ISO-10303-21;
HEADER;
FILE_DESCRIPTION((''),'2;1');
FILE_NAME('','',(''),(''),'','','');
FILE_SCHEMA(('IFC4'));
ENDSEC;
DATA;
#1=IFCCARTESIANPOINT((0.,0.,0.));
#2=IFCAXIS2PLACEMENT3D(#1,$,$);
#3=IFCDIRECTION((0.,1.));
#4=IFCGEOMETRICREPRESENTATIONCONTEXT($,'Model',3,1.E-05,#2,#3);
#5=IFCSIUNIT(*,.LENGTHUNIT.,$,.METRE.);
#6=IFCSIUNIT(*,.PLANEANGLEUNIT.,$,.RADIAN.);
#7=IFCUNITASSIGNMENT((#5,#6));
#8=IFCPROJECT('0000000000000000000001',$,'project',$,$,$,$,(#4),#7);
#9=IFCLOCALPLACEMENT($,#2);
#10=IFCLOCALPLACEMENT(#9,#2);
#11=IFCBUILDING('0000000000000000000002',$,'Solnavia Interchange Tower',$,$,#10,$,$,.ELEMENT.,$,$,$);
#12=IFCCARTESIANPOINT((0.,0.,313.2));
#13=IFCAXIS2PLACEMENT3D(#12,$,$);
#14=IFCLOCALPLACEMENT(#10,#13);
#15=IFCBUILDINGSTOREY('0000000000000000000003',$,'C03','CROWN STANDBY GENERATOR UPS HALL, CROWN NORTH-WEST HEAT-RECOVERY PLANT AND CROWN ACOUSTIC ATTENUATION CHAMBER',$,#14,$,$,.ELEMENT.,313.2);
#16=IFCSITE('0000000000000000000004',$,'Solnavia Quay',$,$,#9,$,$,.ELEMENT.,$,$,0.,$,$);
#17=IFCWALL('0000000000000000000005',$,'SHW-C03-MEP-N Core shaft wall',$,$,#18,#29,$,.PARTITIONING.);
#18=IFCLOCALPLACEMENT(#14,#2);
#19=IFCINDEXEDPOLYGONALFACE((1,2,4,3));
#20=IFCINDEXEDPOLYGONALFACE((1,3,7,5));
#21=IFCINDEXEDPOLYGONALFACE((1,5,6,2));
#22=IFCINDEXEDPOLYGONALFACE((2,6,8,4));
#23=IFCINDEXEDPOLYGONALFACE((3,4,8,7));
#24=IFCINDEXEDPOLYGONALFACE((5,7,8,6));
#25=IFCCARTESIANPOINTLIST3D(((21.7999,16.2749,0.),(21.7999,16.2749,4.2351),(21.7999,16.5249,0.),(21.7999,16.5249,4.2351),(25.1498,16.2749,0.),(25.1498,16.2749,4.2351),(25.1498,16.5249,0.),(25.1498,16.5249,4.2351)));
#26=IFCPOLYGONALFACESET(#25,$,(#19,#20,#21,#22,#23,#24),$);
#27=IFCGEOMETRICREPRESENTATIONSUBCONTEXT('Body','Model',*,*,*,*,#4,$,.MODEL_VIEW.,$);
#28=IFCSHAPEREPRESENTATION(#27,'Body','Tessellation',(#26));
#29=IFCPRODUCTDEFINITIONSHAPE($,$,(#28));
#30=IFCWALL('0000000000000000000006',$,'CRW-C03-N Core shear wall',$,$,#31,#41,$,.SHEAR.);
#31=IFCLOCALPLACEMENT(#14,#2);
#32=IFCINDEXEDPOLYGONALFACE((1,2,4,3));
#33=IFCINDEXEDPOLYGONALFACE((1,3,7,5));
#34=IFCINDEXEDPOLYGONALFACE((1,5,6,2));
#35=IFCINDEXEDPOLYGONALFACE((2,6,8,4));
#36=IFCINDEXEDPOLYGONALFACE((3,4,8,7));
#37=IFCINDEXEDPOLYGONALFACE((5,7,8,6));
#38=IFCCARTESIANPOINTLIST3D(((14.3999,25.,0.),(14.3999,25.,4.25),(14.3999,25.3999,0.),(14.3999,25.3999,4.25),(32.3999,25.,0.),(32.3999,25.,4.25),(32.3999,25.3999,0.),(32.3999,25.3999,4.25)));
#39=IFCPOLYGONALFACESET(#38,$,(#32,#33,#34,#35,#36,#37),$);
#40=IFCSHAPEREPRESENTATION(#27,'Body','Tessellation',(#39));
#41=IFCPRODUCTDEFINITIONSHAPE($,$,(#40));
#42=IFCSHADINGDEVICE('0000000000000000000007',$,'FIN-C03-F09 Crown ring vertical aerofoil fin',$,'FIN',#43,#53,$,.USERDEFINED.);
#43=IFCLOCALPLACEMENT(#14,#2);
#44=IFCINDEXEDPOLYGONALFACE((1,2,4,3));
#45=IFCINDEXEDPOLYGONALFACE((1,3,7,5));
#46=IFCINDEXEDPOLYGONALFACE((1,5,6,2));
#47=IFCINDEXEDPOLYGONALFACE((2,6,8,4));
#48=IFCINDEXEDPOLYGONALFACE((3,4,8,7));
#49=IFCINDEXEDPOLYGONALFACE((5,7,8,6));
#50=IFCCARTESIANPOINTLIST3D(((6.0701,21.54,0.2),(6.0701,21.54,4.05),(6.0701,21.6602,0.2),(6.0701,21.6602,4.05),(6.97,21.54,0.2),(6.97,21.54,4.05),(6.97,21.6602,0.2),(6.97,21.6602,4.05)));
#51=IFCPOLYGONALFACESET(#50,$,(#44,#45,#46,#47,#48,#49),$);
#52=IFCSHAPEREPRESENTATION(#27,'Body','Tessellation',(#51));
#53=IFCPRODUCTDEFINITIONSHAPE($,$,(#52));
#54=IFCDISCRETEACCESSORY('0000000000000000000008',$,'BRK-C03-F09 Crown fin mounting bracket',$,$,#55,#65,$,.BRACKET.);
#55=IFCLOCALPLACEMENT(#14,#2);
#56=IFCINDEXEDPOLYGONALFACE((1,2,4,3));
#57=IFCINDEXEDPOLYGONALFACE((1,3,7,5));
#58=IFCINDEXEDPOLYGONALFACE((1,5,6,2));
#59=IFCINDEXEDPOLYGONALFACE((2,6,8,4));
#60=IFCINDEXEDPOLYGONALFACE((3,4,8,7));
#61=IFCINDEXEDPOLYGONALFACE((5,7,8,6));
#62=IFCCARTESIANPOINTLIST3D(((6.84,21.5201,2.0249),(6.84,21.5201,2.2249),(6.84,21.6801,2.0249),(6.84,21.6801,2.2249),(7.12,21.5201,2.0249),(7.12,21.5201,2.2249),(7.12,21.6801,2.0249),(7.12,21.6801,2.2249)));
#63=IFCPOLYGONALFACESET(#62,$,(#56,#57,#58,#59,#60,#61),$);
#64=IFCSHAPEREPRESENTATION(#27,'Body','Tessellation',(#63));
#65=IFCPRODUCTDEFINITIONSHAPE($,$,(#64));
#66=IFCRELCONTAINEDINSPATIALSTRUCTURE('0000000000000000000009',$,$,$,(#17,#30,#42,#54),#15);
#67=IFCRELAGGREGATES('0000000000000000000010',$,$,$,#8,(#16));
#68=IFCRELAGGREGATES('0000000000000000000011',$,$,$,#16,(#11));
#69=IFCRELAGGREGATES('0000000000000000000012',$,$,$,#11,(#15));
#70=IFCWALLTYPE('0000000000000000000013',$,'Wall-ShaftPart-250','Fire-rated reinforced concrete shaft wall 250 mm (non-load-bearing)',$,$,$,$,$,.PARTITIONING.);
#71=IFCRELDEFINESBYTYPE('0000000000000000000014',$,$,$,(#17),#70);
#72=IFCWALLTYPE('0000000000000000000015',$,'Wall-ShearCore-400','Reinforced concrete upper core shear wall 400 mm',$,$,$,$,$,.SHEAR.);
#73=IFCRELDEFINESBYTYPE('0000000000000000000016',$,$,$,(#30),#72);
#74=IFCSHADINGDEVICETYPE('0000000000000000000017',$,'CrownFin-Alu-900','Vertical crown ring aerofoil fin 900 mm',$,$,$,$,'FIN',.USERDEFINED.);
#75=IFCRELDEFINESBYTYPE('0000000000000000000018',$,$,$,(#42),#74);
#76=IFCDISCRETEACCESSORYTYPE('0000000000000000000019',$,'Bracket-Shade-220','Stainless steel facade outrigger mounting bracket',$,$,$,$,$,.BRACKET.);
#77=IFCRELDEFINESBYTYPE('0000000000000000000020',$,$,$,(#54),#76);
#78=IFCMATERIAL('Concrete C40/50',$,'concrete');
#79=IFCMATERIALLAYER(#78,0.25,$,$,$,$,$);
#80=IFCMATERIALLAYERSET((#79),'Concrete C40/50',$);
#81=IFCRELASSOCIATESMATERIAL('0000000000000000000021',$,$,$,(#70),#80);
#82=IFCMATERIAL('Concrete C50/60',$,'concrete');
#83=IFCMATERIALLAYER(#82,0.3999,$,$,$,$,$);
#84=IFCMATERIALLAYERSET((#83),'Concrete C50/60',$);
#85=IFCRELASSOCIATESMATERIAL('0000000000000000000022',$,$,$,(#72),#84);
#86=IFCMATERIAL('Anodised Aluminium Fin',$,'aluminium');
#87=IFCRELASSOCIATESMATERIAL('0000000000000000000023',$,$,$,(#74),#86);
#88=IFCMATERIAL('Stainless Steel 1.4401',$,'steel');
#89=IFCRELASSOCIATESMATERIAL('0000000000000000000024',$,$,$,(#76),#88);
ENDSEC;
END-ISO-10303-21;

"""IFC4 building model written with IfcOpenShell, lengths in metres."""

from ifc_helpers import new_model, si_unit, direction, frame, frame_2d, origin, origin_2d, place, context, subcontext, project, spatial, rectangle, extrude, material, layer, layer_set, type_object, element, save


model = new_model("IFC4")

# Units and contexts
model_context = context("Model", 3, precision=1e-05, world=origin(), true_north=direction((0.0, 1.0)))
body_context = subcontext(model_context, "Body", "Model", "MODEL_VIEW")
ifc_project = project(units=[si_unit("LENGTHUNIT", "METRE"), si_unit("PLANEANGLEUNIT", "RADIAN")], contexts=[model_context])

# Site, building, storey
site_placement = place(None, origin())
site = spatial("IfcSite", under=ifc_project, at=site_placement, Name="Solnavia Quay", CompositionType="ELEMENT", RefElevation=0.0)
building_placement = place(site_placement, origin())
building = spatial("IfcBuilding", under=site, at=building_placement, Name="Solnavia Interchange Tower", CompositionType="ELEMENT")
storey_placement = place(building_placement, frame((0.0, 0.0, 313.2)))
storey = spatial("IfcBuildingStorey", under=building, at=storey_placement, Name="C03", Description="CROWN STANDBY GENERATOR UPS HALL, CROWN NORTH-WEST HEAT-RECOVERY PLANT AND CROWN ACOUSTIC ATTENUATION CHAMBER", CompositionType="ELEMENT", Elevation=313.2)

# Shared definitions
ifc_material_1 = material(Name="Concrete C50/60", Category="concrete")

# Shared definitions
ifc_material_2 = material(Name="Concrete C40/50", Category="concrete")

# Walls
ifc_layer_1 = layer(ifc_material_2, 0.25)
ifc_layer_set_1 = layer_set([ifc_layer_1], Name="Concrete C40/50")
wall_type_1 = type_object("IfcWallType", Name="Wall-ShaftPart-250", Description="Fire-rated reinforced concrete shaft wall 250 mm (non-load-bearing)", PredefinedType="PARTITIONING", material=ifc_layer_set_1)
wall_1_placement = place(storey_placement, frame((21.8, 16.3999, 0.0), z_axis=(0.0, 0.0, 1.0), x_axis=(1.0, 0.0, 0.0)))
element("IfcWall", 1, at=wall_1_placement, inside=storey, type_object=wall_type_1, Name="SHW-C03-MEP-N Core shaft wall", PredefinedType="PARTITIONING", context=body_context, shape_type="SweptSolid", body=[
    extrude(rectangle(XDim=3.3499, YDim=0.25, at=frame_2d((1.6748, 0.0))), origin(), (0.0, 0.0, 1.0), 4.2351),
])
ifc_layer_2 = layer(ifc_material_1, 0.3999)
ifc_layer_set_2 = layer_set([ifc_layer_2], Name="Concrete C50/60")
wall_type_2 = type_object("IfcWallType", Name="Wall-ShearCore-400", Description="Reinforced concrete upper core shear wall 400 mm", PredefinedType="SHEAR", material=ifc_layer_set_2)
wall_2_placement = place(storey_placement, frame((14.3999, 25.2, 0.0), z_axis=(0.0, 0.0, 1.0), x_axis=(1.0, 0.0, 0.0)))
element("IfcWall", 2, at=wall_2_placement, inside=storey, type_object=wall_type_2, Name="CRW-C03-N Core shear wall", PredefinedType="SHEAR", context=body_context, shape_type="SweptSolid", body=[
    extrude(rectangle(XDim=18.0, YDim=0.3999, at=frame_2d((9.0, 0.0))), origin(), (0.0, 0.0, 1.0), 4.25),
])

# Shading device
ifc_material_3 = material(Name="Anodised Aluminium Fin", Category="aluminium")
shading_device_type = type_object("IfcShadingDeviceType", Name="CrownFin-Alu-900", Description="Vertical crown ring aerofoil fin 900 mm", ElementType="FIN", PredefinedType="USERDEFINED", material=ifc_material_3)
shading_device_placement = place(storey_placement, frame((6.52, 21.6001, 0.2), z_axis=(0.0, 0.0, 1.0), x_axis=(-1.0, 0.0, 0.0)))
element("IfcShadingDevice", 3, at=shading_device_placement, inside=storey, type_object=shading_device_type, Name="FIN-C03-F09 Crown ring vertical aerofoil fin", ObjectType="FIN", PredefinedType="USERDEFINED", context=body_context, shape_type="SweptSolid", body=[
    extrude(rectangle(XDim=0.8999, YDim=0.1201, at=origin_2d()), origin(), (0.0, 0.0, 1.0), 3.8501),
])

# Discrete accessory
ifc_material_4 = material(Name="Stainless Steel 1.4401", Category="steel")
discrete_accessory_type = type_object("IfcDiscreteAccessoryType", Name="Bracket-Shade-220", Description="Stainless steel facade outrigger mounting bracket", PredefinedType="BRACKET", material=ifc_material_4)
discrete_accessory_placement = place(storey_placement, frame((6.98, 21.6001, 2.0249), z_axis=(0.0, 0.0, 1.0), x_axis=(-1.0, 0.0, 0.0)))
element("IfcDiscreteAccessory", 4, at=discrete_accessory_placement, inside=storey, type_object=discrete_accessory_type, Name="BRK-C03-F09 Crown fin mounting bracket", PredefinedType="BRACKET", context=body_context, shape_type="SweptSolid", body=[
    extrude(rectangle(XDim=0.28, YDim=0.1599, at=origin_2d()), origin(), (0.0, 0.0, 1.0), 0.2),
])

save(model, "model.ifc")
